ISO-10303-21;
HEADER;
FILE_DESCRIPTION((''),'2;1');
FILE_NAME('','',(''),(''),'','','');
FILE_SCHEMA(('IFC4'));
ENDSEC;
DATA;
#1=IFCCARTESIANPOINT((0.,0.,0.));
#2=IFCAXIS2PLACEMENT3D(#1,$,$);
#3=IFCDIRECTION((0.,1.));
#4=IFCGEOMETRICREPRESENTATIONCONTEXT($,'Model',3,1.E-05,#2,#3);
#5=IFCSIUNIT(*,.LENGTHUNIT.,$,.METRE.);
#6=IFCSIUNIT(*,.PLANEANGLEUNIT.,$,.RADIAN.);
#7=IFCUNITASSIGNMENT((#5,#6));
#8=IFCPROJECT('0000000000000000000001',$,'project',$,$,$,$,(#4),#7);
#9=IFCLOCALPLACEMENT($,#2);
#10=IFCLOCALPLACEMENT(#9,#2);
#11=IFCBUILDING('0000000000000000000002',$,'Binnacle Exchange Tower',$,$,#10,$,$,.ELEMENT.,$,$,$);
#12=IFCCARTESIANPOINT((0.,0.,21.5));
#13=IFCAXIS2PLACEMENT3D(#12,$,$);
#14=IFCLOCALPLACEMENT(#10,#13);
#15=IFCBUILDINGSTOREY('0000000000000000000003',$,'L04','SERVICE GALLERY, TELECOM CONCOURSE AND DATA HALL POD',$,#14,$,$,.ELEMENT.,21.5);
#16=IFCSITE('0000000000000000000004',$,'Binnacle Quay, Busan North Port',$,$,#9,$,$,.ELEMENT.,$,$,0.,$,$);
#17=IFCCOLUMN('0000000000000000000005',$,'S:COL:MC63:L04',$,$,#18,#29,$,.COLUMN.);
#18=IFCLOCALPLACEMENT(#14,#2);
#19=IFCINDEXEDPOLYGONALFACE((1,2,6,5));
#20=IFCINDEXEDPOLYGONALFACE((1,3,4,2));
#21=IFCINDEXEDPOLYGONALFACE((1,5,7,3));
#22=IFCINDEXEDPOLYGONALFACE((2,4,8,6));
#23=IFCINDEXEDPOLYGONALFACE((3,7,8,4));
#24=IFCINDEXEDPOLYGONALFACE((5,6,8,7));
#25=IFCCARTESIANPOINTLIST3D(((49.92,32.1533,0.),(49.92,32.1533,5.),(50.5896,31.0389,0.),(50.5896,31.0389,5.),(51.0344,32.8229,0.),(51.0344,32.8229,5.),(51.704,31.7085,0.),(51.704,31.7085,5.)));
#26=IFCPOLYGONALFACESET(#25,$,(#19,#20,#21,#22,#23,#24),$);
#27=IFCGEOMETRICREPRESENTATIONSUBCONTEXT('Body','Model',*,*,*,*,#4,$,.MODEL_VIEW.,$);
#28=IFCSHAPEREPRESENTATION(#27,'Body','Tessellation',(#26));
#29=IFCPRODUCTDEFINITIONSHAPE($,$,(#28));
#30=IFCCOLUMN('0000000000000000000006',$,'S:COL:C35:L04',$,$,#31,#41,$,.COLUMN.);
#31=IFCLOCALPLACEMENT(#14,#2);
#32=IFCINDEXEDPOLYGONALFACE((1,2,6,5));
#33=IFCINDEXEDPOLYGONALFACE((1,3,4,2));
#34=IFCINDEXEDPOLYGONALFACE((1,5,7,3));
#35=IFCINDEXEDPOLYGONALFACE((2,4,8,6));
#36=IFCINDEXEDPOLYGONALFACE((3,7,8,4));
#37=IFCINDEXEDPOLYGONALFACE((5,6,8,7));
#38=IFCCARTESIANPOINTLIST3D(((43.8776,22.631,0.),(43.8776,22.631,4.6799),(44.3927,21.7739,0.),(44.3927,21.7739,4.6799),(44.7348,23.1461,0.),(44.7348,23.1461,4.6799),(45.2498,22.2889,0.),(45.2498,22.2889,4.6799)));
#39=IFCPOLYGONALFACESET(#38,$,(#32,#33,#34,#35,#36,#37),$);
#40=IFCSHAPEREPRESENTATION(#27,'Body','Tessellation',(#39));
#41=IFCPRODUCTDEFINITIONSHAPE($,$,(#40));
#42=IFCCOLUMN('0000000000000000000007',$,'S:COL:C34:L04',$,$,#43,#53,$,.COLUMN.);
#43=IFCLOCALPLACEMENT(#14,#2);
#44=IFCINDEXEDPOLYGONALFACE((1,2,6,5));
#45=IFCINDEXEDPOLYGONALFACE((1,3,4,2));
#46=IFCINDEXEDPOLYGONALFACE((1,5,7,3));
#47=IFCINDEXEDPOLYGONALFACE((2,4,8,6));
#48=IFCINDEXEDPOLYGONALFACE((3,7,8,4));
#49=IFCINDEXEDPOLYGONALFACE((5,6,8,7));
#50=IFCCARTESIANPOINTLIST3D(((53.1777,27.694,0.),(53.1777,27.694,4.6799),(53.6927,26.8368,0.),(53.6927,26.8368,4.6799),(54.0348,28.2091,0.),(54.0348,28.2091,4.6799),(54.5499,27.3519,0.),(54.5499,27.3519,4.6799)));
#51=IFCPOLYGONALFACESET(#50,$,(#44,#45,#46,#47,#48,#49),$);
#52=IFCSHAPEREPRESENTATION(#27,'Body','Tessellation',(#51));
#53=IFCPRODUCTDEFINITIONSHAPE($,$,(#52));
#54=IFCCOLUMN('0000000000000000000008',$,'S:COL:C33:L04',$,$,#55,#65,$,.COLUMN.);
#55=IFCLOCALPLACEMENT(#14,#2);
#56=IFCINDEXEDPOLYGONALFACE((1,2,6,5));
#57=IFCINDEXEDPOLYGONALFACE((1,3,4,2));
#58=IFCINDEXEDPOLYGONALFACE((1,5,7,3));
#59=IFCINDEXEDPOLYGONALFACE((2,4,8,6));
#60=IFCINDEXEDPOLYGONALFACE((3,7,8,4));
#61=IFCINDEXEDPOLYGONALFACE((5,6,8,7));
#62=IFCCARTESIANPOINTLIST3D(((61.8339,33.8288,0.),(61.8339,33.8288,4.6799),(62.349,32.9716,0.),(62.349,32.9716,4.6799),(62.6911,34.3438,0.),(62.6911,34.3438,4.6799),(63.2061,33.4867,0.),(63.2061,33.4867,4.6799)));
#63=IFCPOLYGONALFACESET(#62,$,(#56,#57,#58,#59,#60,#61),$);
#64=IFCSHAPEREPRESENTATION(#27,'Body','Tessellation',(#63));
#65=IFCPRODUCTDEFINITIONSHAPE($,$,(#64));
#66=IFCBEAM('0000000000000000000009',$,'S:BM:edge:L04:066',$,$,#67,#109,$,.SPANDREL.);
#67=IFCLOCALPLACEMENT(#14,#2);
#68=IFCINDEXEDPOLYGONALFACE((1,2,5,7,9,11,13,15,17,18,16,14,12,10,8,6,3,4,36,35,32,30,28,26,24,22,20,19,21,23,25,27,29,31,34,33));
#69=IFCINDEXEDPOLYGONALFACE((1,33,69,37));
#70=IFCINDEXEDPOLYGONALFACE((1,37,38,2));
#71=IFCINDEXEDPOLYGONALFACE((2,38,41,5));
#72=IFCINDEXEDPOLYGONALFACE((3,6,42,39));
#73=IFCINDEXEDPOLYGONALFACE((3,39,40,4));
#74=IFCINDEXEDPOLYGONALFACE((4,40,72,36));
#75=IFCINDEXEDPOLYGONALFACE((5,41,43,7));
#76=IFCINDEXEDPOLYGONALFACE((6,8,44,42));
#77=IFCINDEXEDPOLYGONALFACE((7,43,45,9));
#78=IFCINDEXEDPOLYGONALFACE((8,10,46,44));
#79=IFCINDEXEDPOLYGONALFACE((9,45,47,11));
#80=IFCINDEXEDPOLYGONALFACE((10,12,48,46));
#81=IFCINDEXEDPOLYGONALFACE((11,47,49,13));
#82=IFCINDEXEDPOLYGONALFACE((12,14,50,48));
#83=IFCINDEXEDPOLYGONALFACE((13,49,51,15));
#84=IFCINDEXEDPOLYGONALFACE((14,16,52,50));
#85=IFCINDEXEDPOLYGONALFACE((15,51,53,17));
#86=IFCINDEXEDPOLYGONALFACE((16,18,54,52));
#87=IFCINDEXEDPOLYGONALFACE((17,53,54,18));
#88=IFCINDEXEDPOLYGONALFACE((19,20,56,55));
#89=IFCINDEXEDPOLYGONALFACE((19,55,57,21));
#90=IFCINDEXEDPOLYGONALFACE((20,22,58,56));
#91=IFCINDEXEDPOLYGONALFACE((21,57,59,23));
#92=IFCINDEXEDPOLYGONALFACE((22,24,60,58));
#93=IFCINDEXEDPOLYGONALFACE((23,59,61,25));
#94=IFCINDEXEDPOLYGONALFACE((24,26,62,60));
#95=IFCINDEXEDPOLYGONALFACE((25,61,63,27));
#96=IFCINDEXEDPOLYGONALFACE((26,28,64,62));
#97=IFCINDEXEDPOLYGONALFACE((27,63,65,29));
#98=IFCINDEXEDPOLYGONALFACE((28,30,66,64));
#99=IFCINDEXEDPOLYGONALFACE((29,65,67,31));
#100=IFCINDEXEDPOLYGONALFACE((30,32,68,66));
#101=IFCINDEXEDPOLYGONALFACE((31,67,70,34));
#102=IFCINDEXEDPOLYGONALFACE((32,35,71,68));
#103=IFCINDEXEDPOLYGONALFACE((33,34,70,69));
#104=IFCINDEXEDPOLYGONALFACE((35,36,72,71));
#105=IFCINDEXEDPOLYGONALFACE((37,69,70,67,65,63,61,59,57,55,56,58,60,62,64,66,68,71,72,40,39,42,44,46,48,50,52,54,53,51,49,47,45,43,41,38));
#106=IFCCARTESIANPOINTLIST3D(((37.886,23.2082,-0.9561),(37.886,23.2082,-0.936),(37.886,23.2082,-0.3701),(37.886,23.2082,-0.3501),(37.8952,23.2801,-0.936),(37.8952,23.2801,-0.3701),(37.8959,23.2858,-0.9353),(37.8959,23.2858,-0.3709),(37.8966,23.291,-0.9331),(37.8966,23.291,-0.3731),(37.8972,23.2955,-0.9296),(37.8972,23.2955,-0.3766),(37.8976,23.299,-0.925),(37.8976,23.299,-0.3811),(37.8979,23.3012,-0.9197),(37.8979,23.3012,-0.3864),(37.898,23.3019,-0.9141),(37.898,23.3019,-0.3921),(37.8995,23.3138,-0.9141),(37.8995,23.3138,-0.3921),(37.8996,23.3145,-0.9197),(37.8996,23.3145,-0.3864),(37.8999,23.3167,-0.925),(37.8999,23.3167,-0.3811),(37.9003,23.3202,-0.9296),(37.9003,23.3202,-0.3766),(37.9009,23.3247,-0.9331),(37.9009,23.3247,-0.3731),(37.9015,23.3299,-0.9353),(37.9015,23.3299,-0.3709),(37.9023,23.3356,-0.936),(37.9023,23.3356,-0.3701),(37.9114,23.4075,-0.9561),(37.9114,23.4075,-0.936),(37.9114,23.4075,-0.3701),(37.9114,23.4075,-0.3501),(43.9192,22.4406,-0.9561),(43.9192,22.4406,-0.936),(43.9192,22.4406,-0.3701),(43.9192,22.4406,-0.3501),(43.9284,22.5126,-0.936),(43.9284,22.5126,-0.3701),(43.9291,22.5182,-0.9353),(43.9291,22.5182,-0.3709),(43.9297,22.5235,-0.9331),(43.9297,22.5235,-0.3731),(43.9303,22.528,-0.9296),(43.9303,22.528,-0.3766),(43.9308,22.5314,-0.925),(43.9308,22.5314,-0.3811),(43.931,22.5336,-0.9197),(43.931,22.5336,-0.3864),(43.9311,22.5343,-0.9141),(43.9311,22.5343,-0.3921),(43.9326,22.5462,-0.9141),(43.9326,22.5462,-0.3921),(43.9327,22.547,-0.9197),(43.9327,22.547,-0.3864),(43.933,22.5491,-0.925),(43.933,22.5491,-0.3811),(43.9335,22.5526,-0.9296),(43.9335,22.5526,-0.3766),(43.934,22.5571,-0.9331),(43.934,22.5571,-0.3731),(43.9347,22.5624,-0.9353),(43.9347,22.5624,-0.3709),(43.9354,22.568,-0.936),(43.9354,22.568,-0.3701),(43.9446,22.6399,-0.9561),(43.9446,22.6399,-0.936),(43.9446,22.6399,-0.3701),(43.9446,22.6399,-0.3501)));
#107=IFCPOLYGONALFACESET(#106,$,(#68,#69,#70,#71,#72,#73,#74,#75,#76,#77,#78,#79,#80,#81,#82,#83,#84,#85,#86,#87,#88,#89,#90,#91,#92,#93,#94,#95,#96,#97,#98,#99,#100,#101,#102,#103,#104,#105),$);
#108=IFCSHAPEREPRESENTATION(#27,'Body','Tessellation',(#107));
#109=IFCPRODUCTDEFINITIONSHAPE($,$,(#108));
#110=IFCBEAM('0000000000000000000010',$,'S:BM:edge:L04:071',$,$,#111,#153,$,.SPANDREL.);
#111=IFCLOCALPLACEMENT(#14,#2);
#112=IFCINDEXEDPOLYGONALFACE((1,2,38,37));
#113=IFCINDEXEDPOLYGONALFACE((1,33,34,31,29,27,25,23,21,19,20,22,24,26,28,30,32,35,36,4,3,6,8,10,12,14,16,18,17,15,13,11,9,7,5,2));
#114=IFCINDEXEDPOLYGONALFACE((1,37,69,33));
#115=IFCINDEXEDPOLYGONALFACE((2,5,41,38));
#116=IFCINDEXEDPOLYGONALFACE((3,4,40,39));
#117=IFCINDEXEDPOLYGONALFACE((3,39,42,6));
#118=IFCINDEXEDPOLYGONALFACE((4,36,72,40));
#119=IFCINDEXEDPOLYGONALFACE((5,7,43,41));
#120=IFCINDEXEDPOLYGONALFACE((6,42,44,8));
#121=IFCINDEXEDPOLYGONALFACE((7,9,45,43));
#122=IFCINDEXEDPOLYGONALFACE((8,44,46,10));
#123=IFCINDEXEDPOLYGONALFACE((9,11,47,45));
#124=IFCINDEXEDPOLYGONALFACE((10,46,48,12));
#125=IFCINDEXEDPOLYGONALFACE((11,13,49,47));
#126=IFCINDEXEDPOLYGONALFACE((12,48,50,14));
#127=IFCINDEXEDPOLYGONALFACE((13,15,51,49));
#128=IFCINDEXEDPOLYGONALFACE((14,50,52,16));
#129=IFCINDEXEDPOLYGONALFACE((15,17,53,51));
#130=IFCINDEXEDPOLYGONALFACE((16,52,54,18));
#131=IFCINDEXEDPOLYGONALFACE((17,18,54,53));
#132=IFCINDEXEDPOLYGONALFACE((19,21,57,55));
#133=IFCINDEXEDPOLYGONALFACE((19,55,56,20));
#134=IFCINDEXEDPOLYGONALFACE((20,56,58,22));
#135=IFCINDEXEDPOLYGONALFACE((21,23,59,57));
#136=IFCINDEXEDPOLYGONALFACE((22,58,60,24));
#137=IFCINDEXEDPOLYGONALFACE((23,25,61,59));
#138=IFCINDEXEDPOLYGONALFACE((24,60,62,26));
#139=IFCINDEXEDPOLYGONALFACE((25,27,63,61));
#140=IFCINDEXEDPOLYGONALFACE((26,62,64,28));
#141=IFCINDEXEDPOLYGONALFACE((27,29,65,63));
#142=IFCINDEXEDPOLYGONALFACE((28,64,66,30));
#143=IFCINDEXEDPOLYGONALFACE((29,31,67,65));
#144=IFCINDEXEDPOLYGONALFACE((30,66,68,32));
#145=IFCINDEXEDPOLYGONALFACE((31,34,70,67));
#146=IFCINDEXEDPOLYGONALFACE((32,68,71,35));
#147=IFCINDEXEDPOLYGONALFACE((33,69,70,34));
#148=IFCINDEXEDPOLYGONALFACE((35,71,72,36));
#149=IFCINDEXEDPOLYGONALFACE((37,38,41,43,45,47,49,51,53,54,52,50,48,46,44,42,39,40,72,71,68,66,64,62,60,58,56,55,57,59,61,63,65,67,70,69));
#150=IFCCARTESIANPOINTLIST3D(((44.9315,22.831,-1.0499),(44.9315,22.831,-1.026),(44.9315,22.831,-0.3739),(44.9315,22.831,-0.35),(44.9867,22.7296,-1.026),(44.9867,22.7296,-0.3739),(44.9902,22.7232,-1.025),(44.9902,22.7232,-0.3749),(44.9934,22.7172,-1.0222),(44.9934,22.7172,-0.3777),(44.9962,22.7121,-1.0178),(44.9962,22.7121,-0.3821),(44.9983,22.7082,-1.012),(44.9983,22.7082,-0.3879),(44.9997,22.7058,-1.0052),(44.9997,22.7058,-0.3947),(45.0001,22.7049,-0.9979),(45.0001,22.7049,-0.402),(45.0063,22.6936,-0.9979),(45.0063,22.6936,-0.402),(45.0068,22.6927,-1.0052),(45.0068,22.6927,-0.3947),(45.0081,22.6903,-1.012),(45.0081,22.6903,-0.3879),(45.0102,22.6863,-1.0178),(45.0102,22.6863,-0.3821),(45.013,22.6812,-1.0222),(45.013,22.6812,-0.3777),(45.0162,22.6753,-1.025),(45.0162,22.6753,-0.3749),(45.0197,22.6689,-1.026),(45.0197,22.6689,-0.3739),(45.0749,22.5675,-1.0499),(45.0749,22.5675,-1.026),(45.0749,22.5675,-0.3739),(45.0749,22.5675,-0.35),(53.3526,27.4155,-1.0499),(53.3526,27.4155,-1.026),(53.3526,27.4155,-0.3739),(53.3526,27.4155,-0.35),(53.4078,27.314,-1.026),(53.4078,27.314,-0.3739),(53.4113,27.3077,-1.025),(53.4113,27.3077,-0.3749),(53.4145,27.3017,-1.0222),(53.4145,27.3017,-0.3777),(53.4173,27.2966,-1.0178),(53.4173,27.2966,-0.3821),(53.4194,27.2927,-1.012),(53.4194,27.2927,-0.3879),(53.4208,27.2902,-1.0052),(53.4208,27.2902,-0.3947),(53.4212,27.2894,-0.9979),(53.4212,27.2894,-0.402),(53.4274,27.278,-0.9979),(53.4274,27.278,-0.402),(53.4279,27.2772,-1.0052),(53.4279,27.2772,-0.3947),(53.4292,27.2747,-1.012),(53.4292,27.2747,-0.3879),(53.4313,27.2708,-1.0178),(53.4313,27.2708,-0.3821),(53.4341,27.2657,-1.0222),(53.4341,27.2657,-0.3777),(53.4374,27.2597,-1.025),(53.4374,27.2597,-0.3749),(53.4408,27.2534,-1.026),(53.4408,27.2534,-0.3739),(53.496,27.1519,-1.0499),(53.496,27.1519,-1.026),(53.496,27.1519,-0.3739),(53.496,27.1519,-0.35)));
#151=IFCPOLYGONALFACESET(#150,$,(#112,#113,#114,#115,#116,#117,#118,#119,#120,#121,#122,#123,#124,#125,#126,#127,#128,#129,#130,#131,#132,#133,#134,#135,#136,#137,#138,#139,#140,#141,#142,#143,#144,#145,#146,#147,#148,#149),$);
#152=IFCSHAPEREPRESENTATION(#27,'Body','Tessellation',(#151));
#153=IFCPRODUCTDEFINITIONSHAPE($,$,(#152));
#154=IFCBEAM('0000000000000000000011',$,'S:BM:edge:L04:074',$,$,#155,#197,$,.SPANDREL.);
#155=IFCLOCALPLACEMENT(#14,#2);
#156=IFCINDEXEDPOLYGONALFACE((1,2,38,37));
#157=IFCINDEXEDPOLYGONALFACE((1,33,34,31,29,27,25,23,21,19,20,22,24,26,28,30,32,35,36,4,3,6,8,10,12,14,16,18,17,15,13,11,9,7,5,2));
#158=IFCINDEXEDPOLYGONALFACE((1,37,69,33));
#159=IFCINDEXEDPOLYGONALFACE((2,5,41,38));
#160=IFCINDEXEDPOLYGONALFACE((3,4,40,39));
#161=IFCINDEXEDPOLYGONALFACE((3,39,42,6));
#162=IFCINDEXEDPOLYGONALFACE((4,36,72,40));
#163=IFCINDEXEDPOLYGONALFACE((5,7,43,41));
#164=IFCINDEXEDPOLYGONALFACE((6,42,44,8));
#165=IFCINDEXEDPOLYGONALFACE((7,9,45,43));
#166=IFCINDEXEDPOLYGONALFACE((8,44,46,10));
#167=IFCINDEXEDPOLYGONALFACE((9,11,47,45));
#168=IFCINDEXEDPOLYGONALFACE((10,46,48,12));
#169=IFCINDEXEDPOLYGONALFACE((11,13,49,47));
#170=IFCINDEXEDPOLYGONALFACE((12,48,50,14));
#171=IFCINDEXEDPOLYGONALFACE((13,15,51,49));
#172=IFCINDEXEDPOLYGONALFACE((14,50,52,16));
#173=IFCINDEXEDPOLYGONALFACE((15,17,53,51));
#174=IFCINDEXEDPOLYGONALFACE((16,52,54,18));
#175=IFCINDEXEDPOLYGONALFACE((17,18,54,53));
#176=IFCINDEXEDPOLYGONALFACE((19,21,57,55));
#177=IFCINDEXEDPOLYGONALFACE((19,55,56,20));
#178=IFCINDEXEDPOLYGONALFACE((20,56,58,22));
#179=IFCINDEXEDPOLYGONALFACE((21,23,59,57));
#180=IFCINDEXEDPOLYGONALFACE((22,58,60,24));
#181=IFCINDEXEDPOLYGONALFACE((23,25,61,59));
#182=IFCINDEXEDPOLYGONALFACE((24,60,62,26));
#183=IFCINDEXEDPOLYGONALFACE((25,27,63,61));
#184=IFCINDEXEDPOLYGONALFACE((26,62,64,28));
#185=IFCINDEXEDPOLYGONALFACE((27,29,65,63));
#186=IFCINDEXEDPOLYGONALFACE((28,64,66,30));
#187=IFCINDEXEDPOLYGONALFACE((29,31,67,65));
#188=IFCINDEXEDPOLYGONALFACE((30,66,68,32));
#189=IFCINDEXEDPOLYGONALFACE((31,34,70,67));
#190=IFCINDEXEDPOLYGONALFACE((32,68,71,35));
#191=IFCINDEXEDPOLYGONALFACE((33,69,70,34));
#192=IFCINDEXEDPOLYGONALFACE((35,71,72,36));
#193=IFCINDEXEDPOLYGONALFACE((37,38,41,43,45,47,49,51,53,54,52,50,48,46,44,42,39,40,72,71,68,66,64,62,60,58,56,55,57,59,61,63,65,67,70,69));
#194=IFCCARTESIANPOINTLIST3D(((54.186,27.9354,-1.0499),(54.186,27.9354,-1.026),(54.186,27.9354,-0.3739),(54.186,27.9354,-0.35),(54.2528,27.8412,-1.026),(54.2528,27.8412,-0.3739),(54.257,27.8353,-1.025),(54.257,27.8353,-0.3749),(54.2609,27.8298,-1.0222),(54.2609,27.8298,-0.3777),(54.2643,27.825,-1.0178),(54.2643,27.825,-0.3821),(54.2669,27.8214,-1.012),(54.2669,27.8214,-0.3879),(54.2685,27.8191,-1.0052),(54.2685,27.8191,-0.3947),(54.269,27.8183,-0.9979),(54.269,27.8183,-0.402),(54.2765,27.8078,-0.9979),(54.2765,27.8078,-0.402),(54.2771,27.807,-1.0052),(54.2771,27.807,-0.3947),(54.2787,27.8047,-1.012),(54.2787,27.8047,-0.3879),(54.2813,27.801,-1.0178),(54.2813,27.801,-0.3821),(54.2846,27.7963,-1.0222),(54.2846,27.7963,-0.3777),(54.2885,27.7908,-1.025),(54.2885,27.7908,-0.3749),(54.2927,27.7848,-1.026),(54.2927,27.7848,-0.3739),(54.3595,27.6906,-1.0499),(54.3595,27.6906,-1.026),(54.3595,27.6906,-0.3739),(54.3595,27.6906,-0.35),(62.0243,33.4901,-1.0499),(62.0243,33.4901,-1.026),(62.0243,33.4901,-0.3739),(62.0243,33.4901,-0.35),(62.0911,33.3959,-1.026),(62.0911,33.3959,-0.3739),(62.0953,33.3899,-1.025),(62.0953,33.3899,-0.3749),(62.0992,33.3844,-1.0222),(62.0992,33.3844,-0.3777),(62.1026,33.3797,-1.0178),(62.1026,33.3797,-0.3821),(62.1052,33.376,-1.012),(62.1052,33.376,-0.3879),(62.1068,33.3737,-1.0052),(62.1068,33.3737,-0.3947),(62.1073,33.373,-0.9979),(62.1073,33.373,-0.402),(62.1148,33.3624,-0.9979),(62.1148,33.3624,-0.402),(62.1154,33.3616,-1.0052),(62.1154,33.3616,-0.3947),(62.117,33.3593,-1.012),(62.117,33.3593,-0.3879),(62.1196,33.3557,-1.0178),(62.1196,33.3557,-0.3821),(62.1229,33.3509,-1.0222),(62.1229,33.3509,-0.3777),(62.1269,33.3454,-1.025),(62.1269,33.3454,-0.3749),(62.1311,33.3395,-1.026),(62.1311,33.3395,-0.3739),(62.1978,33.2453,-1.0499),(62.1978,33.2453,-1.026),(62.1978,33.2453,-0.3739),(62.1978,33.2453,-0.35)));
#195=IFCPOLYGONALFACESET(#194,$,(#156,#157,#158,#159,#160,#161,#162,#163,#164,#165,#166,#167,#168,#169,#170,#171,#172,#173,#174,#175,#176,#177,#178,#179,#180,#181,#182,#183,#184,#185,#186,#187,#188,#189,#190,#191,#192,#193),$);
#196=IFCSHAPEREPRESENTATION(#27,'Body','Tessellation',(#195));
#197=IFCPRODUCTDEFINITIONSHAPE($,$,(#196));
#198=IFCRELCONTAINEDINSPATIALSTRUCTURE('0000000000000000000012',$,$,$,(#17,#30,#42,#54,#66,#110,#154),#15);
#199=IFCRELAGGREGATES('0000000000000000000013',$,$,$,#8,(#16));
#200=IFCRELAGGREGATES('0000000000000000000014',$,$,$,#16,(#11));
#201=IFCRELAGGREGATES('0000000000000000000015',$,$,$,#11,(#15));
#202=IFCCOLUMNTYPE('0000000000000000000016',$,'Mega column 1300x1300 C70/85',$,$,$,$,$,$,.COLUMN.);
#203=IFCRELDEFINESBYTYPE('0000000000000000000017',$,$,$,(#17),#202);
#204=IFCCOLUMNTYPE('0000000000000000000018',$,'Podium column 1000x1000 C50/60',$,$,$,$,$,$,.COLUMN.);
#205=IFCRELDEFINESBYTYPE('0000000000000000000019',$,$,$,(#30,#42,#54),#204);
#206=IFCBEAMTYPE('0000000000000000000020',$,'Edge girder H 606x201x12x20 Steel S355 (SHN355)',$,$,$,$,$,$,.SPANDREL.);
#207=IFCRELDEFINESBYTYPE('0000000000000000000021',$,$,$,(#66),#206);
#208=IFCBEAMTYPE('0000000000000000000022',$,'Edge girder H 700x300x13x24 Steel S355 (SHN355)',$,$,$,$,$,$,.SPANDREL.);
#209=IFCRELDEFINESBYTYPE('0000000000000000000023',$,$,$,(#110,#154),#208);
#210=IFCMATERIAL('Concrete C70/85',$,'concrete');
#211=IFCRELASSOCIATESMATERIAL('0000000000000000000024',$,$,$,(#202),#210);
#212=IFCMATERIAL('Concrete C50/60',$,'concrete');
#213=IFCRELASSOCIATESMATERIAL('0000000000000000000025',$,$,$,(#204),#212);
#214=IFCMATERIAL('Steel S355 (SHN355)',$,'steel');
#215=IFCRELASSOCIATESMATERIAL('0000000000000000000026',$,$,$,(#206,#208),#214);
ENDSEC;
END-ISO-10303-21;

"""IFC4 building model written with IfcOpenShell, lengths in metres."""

from ifc_helpers import new_model, si_unit, direction, frame, origin, origin_2d, place, context, subcontext, project, spatial, rectangle, i_section, extrude, material, material_profile, profile_set, type_object, element, save


model = new_model("IFC4")

# Units and contexts
model_context = context("Model", 3, precision=1e-05, world=origin(), true_north=direction((0.0, 1.0)))
body_context = subcontext(model_context, "Body", "Model", "MODEL_VIEW")
ifc_project = project(units=[si_unit("LENGTHUNIT", "METRE"), si_unit("PLANEANGLEUNIT", "RADIAN")], contexts=[model_context])

# Site, building, storey
site_placement = place(None, origin())
site = spatial("IfcSite", under=ifc_project, at=site_placement, Name="Binnacle Quay, Busan North Port", CompositionType="ELEMENT", RefElevation=0.0)
building_placement = place(site_placement, origin())
building = spatial("IfcBuilding", under=site, at=building_placement, Name="Binnacle Exchange Tower", CompositionType="ELEMENT")
storey_placement = place(building_placement, frame((0.0, 0.0, 21.5)))
storey = spatial("IfcBuildingStorey", under=building, at=storey_placement, Name="L04", Description="SERVICE GALLERY, TELECOM CONCOURSE AND DATA HALL POD", CompositionType="ELEMENT", Elevation=21.5)

# Columns
ifc_material_1 = material(Name="Concrete C70/85", Category="concrete")
ifc_material_profile_1 = material_profile(ifc_material_1, rectangle(XDim=1.3, YDim=1.3, at=origin_2d()), Name="Mega column 1300x1300 C70/85")
ifc_profile_set_1 = profile_set([ifc_material_profile_1], Name="Concrete C70/85")
column_type_1 = type_object("IfcColumnType", Name="Mega column 1300x1300 C70/85", PredefinedType="COLUMN", material=ifc_profile_set_1)
column_placement = place(storey_placement, frame((50.812, 31.9309, 0.0), z_axis=(0.0, 0.0, 1.0), x_axis=(0.857167, 0.515038, 0.0)))
element("IfcColumn", 1, at=column_placement, inside=storey, type_object=column_type_1, Name="S:COL:MC63:L04", PredefinedType="COLUMN", context=body_context, shape_type="SweptSolid", body=[
    extrude(rectangle(XDim=1.3, YDim=1.3, at=origin_2d()), origin(), (0.0, 0.0, 1.0), 5.0),
])
ifc_material_2 = material(Name="Concrete C50/60", Category="concrete")
ifc_material_profile_2 = material_profile(ifc_material_2, rectangle(XDim=1.0, YDim=1.0, at=origin_2d()), Name="Podium column 1000x1000 C50/60")
ifc_profile_set_2 = profile_set([ifc_material_profile_2], Name="Concrete C50/60")
column_type_2 = type_object("IfcColumnType", Name="Podium column 1000x1000 C50/60", PredefinedType="COLUMN", material=ifc_profile_set_2)
for number, where, z_axis, x_axis, name in (
    (2, (44.5637, 22.46, 0.0), (0.0, 0.0, 1.0), (0.857167, 0.515038, 0.0), "S:COL:C35:L04"),
    (3, (53.8638, 27.5229, 0.0), (0.0, 0.0, 1.0), (0.857167, 0.515038, 0.0), "S:COL:C34:L04"),
    (4, (62.52, 33.6577, 0.0), (0.0, 0.0, 1.0), (0.857167, 0.515038, 0.0), "S:COL:C33:L04"),
):
    element("IfcColumn", number, at=place(storey_placement, frame(where, z_axis=z_axis, x_axis=x_axis)), inside=storey, type_object=column_type_2, Name=name, PredefinedType="COLUMN", context=body_context, shape_type="SweptSolid", body=[
        extrude(rectangle(XDim=1.0, YDim=1.0, at=origin_2d()), origin(), (0.0, 0.0, 1.0), 4.6799),
    ])

# Beams
ifc_material_3 = material(Name="Steel S355 (SHN355)", Category="steel")
ifc_material_profile_3 = material_profile(ifc_material_3, i_section(OverallWidth=0.2009, OverallDepth=0.606, WebThickness=0.012, FlangeThickness=0.02, FilletRadius=0.022, at=origin_2d()), Name="H 606x201x12x20")
ifc_profile_set_3 = profile_set([ifc_material_profile_3], Name="Steel S355 (SHN355)")
beam_type_1 = type_object("IfcBeamType", Name="Edge girder H 606x201x12x20 Steel S355 (SHN355)", PredefinedType="SPANDREL", material=ifc_profile_set_3)
beam_1_placement = place(storey_placement, frame((43.9319, 22.5403, -0.6531), z_axis=(-0.992004, 0.126208, 0.0), x_axis=(-0.126208, -0.992004, 0.0)))
element("IfcBeam", 5, at=beam_1_placement, inside=storey, type_object=beam_type_1, Name="S:BM:edge:L04:066", PredefinedType="SPANDREL", context=body_context, shape_type="SweptSolid", body=[
    extrude(i_section(OverallWidth=0.2009, OverallDepth=0.606, WebThickness=0.012, FlangeThickness=0.02, FilletRadius=0.022, at=origin_2d()), origin(), (0.0, 0.0, 1.0), 6.0818),
])
ifc_material_profile_4 = material_profile(ifc_material_3, i_section(OverallWidth=0.3, OverallDepth=0.7, WebThickness=0.0129, FlangeThickness=0.0239, FilletRadius=0.0281, at=origin_2d()), Name="H 700x300x13x24")
ifc_profile_set_4 = profile_set([ifc_material_profile_4], Name="Steel S355 (SHN355)")
beam_type_2 = type_object("IfcBeamType", Name="Edge girder H 700x300x13x24 Steel S355 (SHN355)", PredefinedType="SPANDREL", material=ifc_profile_set_4)
beam_2_placement = place(storey_placement, frame((53.4243, 27.2837, -0.7), z_axis=(-0.878285, -0.478138, 0.0), x_axis=(0.478138, -0.878285, 0.0)))
element("IfcBeam", 6, at=beam_2_placement, inside=storey, type_object=beam_type_2, Name="S:BM:edge:L04:071", PredefinedType="SPANDREL", context=body_context, shape_type="SweptSolid", body=[
    extrude(i_section(OverallWidth=0.3, OverallDepth=0.7, WebThickness=0.0129, FlangeThickness=0.0239, FilletRadius=0.0281, at=origin_2d()), origin(), (0.0, 0.0, 1.0), 9.5881),
])
beam_3_placement = place(storey_placement, frame((62.1111, 33.3677, -0.7), z_axis=(-0.815902, -0.578191, 0.0), x_axis=(0.578191, -0.815902, 0.0)))
element("IfcBeam", 7, at=beam_3_placement, inside=storey, type_object=beam_type_2, Name="S:BM:edge:L04:074", PredefinedType="SPANDREL", context=body_context, shape_type="SweptSolid", body=[
    extrude(i_section(OverallWidth=0.3, OverallDepth=0.7, WebThickness=0.0129, FlangeThickness=0.0239, FilletRadius=0.0281, at=origin_2d()), origin(), (0.0, 0.0, 1.0), 9.6069),
])

save(model, "model.ifc")
